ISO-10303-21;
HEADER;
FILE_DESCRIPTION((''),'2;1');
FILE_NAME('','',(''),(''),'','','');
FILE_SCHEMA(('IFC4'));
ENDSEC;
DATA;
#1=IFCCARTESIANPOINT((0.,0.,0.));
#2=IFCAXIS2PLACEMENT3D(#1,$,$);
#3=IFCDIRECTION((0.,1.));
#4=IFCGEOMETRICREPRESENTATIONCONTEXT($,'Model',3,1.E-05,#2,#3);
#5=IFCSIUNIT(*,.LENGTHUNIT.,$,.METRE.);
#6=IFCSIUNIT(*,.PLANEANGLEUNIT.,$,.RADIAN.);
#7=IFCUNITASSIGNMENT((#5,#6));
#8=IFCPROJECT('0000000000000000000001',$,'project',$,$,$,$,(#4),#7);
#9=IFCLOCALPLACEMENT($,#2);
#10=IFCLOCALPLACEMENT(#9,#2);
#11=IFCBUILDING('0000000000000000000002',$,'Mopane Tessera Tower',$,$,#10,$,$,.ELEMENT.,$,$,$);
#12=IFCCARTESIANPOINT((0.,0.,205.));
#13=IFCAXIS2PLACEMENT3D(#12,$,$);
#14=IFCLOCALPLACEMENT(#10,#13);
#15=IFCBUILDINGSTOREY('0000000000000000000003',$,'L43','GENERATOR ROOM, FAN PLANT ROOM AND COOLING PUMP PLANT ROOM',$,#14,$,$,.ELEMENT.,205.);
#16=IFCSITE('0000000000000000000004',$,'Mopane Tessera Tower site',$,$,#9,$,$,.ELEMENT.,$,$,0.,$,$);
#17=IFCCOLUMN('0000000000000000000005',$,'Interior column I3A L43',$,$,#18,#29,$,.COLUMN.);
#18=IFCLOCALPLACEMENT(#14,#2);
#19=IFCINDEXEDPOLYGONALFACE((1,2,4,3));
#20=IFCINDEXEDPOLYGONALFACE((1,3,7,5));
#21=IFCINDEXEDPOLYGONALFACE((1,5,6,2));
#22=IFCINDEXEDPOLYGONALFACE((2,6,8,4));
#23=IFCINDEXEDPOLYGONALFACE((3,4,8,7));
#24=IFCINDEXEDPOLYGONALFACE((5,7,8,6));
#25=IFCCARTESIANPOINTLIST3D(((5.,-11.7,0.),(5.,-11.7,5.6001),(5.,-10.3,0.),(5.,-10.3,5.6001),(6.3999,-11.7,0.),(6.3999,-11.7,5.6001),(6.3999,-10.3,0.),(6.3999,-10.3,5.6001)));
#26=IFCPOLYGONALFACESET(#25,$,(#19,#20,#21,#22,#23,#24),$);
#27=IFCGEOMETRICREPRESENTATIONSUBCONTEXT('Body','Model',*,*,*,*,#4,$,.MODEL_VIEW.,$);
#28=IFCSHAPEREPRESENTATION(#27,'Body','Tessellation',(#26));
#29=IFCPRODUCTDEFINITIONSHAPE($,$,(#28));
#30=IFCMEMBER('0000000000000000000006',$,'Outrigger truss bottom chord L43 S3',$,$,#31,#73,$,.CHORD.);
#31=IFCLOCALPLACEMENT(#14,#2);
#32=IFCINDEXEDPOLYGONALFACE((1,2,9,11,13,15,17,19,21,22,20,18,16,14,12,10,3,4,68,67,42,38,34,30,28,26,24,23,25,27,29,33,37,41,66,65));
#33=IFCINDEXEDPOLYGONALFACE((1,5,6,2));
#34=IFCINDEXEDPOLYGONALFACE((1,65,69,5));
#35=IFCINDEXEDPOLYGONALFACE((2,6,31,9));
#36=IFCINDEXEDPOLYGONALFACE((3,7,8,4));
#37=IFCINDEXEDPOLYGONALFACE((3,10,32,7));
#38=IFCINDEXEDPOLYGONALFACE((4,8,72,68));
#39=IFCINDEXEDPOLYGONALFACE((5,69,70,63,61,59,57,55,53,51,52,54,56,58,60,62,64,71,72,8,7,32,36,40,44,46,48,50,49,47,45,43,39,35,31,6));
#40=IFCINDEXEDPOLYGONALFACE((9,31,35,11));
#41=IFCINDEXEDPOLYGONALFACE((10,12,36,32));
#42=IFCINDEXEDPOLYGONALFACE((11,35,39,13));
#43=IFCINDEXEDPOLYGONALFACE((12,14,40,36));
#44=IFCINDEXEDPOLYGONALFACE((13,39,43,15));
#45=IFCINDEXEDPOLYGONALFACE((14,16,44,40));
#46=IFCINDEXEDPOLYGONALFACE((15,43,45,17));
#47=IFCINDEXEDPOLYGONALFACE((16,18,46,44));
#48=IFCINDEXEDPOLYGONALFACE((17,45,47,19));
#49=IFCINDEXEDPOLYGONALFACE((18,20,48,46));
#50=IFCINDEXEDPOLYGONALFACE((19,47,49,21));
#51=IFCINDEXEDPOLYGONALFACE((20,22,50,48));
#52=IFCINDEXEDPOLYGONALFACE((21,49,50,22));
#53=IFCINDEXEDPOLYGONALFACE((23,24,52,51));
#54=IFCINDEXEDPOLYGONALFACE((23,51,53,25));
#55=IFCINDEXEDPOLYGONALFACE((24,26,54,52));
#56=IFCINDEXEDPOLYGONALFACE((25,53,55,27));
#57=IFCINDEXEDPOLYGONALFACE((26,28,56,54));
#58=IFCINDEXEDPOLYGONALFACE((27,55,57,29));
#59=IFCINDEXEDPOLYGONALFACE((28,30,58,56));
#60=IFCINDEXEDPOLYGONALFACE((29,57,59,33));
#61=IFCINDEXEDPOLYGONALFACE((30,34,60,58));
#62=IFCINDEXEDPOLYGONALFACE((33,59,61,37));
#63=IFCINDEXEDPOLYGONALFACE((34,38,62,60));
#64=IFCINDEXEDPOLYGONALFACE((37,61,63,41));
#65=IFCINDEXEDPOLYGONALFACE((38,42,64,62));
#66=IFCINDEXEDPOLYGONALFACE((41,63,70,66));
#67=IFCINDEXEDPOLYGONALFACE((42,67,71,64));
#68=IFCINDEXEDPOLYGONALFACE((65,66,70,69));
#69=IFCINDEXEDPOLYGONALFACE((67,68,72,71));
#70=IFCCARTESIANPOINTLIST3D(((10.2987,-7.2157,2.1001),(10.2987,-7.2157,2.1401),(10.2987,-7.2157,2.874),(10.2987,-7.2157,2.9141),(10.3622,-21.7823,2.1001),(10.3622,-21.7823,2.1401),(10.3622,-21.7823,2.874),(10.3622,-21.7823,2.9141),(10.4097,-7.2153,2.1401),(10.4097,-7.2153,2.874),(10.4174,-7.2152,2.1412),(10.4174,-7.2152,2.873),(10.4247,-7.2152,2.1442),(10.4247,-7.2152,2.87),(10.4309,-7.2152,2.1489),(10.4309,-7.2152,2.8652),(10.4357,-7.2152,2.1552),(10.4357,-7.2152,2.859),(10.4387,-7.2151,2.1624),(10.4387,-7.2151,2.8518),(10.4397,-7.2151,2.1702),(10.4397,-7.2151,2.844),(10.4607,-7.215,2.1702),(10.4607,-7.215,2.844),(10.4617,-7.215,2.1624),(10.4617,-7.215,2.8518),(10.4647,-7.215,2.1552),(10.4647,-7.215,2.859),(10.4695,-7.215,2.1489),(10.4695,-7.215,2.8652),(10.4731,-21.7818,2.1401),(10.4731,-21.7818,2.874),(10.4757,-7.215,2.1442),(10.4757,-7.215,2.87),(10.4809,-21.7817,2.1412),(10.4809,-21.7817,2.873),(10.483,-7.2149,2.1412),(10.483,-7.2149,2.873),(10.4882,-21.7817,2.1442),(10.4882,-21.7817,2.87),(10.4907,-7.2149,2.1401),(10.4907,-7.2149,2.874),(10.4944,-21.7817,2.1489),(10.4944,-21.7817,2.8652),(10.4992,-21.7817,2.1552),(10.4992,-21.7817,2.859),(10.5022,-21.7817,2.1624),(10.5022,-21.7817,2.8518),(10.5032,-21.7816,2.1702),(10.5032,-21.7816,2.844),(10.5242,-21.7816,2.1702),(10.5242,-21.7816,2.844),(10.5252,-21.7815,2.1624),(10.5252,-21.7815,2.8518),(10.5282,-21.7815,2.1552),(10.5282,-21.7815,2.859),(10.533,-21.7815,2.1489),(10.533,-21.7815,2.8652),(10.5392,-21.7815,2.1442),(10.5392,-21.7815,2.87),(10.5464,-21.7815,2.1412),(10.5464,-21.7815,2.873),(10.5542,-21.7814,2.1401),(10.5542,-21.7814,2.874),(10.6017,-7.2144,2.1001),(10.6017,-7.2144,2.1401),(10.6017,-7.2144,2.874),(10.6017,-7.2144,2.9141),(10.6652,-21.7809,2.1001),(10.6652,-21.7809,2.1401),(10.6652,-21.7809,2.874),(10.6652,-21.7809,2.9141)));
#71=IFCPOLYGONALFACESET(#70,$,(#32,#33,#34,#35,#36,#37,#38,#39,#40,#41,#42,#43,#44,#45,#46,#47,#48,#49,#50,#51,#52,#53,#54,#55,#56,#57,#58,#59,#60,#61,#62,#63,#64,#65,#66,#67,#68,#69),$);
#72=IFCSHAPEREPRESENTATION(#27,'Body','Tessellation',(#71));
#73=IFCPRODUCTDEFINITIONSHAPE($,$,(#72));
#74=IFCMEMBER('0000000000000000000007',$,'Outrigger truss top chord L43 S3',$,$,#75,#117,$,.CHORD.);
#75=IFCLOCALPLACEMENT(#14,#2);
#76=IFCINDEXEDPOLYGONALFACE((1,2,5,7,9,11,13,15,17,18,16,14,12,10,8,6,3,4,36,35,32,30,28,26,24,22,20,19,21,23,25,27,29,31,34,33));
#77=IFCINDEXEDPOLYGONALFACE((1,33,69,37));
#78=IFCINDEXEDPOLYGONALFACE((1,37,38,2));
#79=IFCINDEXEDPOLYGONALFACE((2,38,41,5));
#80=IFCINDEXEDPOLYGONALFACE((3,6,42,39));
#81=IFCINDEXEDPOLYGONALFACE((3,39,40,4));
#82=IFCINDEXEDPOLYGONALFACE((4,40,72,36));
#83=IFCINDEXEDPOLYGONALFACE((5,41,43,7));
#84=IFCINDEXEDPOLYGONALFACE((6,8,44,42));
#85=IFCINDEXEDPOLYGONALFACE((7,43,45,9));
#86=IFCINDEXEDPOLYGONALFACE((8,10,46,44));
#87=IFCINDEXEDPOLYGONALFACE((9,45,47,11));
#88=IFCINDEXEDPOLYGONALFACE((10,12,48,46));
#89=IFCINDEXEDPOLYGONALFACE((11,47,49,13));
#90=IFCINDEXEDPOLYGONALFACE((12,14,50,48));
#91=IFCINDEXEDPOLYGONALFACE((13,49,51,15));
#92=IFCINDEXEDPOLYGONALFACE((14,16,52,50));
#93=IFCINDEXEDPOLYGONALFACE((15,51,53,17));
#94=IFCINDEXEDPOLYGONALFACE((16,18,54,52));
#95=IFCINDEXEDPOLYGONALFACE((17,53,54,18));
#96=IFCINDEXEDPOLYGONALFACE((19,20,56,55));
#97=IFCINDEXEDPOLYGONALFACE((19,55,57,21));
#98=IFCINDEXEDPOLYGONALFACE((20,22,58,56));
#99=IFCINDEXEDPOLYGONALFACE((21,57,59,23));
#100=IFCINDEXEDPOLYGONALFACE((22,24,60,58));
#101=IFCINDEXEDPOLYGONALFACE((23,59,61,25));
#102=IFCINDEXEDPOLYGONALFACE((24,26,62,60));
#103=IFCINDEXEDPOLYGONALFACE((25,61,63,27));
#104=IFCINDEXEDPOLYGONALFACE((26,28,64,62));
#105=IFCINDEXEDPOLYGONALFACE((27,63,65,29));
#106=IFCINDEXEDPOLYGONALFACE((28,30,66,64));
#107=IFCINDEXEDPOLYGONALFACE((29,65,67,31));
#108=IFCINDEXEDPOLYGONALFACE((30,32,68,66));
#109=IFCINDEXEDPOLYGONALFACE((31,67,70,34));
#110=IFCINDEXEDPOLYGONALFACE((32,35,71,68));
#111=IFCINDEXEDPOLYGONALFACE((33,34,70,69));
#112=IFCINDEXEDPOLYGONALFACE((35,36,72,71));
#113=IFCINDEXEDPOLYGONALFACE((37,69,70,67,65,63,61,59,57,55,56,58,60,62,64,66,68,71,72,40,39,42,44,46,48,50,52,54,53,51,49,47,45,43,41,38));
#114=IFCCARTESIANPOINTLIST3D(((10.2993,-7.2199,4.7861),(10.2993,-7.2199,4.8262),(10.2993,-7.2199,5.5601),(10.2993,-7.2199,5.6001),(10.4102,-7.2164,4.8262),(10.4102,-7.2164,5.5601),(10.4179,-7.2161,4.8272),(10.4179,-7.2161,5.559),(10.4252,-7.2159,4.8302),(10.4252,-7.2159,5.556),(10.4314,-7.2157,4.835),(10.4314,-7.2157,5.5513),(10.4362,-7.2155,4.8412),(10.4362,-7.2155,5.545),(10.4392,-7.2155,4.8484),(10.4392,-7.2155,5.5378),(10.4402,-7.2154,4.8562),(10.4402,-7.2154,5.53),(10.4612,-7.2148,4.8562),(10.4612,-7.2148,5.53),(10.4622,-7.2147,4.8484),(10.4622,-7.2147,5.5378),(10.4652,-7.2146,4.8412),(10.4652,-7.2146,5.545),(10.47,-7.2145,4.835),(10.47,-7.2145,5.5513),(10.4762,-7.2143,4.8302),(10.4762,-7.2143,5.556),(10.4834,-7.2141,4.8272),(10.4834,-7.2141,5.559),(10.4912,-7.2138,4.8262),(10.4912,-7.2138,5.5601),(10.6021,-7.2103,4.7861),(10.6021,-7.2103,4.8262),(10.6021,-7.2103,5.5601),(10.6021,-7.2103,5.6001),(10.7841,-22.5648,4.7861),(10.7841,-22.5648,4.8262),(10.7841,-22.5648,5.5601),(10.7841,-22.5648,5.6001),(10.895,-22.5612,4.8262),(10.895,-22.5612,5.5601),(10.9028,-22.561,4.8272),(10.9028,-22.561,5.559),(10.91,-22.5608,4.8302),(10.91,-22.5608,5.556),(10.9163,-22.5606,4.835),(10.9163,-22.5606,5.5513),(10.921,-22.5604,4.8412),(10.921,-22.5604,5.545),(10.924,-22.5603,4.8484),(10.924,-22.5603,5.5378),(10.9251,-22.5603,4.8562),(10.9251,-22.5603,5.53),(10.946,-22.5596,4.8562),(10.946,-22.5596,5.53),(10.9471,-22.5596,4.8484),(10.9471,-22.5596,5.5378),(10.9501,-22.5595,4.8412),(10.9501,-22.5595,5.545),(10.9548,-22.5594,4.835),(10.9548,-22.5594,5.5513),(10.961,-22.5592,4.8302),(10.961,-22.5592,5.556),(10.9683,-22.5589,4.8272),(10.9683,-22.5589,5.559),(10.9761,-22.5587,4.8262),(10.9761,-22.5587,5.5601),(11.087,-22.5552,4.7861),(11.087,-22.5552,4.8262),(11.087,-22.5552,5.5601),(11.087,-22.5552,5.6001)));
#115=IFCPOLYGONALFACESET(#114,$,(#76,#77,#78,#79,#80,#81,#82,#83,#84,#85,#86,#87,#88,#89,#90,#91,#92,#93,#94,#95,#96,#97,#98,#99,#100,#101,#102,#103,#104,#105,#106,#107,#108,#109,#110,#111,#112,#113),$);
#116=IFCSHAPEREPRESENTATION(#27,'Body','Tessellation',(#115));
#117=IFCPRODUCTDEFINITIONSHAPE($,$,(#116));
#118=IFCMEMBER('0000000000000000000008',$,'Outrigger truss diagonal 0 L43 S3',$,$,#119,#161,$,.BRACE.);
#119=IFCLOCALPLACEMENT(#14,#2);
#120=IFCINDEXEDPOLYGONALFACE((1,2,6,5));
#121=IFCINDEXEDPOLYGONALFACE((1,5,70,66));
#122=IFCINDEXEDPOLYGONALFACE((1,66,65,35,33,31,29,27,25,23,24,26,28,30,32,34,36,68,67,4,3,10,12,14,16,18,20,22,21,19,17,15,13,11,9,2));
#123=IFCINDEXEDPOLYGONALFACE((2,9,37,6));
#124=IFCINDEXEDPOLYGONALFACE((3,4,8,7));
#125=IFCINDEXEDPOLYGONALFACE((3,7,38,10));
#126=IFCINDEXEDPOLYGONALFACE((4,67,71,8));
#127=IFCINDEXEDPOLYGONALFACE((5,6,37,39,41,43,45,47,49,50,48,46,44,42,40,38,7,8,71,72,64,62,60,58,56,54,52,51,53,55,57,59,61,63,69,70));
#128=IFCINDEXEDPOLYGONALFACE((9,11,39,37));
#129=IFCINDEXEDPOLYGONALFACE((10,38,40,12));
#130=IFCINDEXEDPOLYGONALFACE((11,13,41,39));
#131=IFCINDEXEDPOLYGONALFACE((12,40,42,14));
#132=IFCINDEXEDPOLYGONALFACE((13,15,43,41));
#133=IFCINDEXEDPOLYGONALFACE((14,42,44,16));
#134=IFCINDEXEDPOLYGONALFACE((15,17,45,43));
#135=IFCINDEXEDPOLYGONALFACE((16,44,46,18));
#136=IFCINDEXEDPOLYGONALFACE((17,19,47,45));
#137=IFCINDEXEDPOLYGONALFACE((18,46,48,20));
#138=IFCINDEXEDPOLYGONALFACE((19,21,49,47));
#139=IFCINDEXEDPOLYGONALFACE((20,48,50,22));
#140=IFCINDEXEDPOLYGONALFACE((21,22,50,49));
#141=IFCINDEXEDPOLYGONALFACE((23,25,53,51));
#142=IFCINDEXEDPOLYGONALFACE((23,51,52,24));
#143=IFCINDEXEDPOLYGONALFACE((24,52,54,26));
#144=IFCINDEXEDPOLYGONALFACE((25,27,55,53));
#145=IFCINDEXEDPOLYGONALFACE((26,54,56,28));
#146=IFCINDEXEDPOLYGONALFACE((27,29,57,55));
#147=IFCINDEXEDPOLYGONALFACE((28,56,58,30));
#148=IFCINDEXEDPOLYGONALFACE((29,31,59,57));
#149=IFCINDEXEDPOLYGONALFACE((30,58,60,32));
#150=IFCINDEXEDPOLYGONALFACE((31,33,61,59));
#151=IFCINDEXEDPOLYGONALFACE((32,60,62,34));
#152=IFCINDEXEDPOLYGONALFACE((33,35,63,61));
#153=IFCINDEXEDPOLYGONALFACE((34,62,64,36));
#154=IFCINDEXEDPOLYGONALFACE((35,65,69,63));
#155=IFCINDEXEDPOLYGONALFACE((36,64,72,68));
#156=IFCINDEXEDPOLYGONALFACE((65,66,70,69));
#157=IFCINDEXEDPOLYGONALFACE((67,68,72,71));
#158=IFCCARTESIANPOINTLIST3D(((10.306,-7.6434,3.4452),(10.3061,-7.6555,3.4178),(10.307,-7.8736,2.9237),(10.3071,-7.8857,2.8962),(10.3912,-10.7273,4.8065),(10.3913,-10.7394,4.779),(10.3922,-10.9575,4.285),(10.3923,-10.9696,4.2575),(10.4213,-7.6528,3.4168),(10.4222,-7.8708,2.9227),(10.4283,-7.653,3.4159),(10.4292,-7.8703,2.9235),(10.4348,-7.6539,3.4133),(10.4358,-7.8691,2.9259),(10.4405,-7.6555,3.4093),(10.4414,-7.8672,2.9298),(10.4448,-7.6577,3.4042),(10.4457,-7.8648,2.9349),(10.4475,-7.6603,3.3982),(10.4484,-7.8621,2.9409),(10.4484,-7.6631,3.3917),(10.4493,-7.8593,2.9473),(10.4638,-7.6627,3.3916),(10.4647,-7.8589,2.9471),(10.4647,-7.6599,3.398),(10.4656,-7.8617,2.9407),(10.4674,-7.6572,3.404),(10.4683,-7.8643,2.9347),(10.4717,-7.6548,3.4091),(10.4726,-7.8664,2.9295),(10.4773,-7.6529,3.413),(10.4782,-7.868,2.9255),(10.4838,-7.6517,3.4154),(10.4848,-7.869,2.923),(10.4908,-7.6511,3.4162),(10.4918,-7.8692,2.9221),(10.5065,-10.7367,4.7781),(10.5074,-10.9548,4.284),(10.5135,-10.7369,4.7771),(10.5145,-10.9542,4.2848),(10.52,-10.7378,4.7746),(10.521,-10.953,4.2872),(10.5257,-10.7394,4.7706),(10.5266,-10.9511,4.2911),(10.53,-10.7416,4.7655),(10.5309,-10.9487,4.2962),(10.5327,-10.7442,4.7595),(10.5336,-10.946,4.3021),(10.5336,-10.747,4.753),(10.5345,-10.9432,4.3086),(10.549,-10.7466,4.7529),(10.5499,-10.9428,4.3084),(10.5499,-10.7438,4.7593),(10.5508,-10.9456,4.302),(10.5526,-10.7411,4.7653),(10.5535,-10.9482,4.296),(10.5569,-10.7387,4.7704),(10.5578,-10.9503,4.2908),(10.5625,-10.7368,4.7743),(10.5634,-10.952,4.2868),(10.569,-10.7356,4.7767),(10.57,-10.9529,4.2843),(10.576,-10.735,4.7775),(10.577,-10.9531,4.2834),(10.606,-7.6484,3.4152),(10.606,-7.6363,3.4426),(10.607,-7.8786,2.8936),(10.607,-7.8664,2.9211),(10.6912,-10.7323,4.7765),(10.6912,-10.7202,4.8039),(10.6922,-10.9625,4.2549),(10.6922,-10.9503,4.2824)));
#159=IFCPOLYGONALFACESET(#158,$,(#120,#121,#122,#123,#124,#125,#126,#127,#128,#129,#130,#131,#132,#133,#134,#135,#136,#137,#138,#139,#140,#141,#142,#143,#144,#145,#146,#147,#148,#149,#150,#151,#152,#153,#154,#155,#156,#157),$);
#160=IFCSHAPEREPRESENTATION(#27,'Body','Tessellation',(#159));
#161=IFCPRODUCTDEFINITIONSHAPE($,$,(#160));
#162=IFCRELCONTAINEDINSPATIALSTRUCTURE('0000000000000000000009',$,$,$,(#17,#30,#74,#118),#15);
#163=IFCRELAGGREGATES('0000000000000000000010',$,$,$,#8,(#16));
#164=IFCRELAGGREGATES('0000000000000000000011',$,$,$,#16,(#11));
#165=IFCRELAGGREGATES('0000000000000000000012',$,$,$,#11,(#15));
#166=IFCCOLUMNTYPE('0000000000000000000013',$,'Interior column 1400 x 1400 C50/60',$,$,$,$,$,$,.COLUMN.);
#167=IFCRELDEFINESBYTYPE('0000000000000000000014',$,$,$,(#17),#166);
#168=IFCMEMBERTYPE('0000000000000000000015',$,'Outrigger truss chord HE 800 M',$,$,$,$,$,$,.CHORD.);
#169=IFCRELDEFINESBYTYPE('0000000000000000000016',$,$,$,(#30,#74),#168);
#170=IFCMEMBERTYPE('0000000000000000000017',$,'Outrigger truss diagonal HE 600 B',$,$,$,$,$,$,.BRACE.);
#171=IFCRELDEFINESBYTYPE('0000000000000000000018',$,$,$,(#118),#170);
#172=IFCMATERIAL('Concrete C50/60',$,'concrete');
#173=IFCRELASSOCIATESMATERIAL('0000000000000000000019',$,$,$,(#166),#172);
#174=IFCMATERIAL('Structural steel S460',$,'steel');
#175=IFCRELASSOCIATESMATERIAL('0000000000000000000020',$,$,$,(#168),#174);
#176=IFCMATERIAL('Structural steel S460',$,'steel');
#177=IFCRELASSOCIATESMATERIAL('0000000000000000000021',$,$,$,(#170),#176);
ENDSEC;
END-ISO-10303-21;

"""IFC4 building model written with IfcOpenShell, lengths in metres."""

from ifc_helpers import new_model, si_unit, direction, frame, origin, origin_2d, place, context, subcontext, project, spatial, rectangle, i_section, extrude, material, material_profile, profile_set, type_object, element, save


model = new_model("IFC4")

# Units and contexts
model_context = context("Model", 3, precision=1e-05, world=origin(), true_north=direction((0.0, 1.0)))
body_context = subcontext(model_context, "Body", "Model", "MODEL_VIEW")
ifc_project = project(units=[si_unit("LENGTHUNIT", "METRE"), si_unit("PLANEANGLEUNIT", "RADIAN")], contexts=[model_context])

# Site, building, storey
site_placement = place(None, origin())
site = spatial("IfcSite", under=ifc_project, at=site_placement, Name="Mopane Tessera Tower site", CompositionType="ELEMENT", RefElevation=0.0)
building_placement = place(site_placement, origin())
building = spatial("IfcBuilding", under=site, at=building_placement, Name="Mopane Tessera Tower", CompositionType="ELEMENT")
storey_placement = place(building_placement, frame((0.0, 0.0, 205.0)))
storey = spatial("IfcBuildingStorey", under=building, at=storey_placement, Name="L43", Description="GENERATOR ROOM, FAN PLANT ROOM AND COOLING PUMP PLANT ROOM", CompositionType="ELEMENT", Elevation=205.0)

# Column
ifc_material_1 = material(Name="Concrete C50/60", Category="concrete")
ifc_material_profile_1 = material_profile(ifc_material_1, rectangle(XDim=1.3999, YDim=1.3999, at=origin_2d()))
ifc_profile_set_1 = profile_set([ifc_material_profile_1], Name="Concrete C50/60")
column_type = type_object("IfcColumnType", Name="Interior column 1400 x 1400 C50/60", PredefinedType="COLUMN", material=ifc_profile_set_1)
column_placement = place(storey_placement, frame((5.7, -11.0, 0.0), z_axis=(0.0, 0.0, 1.0), x_axis=(1.0, 0.0, 0.0)))
element("IfcColumn", 1, at=column_placement, inside=storey, type_object=column_type, Name="Interior column I3A L43", PredefinedType="COLUMN", context=body_context, shape_type="SweptSolid", body=[
    extrude(rectangle(XDim=1.3999, YDim=1.3999, at=origin_2d()), origin(), (0.0, 0.0, 1.0), 5.6001),
])

# Members
ifc_material_2 = material(Name="Structural steel S460", Category="steel")
ifc_material_profile_2 = material_profile(ifc_material_2, i_section(OverallWidth=0.303, OverallDepth=0.814, WebThickness=0.021, FlangeThickness=0.04, FilletRadius=0.03, at=origin_2d()))
ifc_profile_set_2 = profile_set([ifc_material_profile_2], Name="Structural steel S460")
member_type_1 = type_object("IfcMemberType", Name="Outrigger truss chord HE 800 M", PredefinedType="CHORD", material=ifc_profile_set_2)
member_1_placement = place(storey_placement, frame((10.4502, -7.2151, 2.5071), z_axis=(0.004358, -0.999991, 0.0), x_axis=(0.999991, 0.004358, 0.0)))
element("IfcMember", 2, at=member_1_placement, inside=storey, type_object=member_type_1, Name="Outrigger truss bottom chord L43 S3", PredefinedType="CHORD", context=body_context, shape_type="SweptSolid", body=[
    extrude(i_section(OverallWidth=0.303, OverallDepth=0.814, WebThickness=0.021, FlangeThickness=0.04, FilletRadius=0.03, at=origin_2d()), origin(), (0.0, 0.0, 1.0), 14.5667),
])
member_2_placement = place(storey_placement, frame((10.4507, -7.2151, 5.1931), z_axis=(0.031582, -0.999501, 0.0), x_axis=(0.999501, 0.031582, 0.0)))
element("IfcMember", 3, at=member_2_placement, inside=storey, type_object=member_type_1, Name="Outrigger truss top chord L43 S3", PredefinedType="CHORD", context=body_context, shape_type="SweptSolid", body=[
    extrude(i_section(OverallWidth=0.303, OverallDepth=0.814, WebThickness=0.021, FlangeThickness=0.04, FilletRadius=0.03, at=origin_2d()), origin(), (0.0, 0.0, 1.0), 15.3525),
])
ifc_material_3 = material(Name="Structural steel S460", Category="steel")
ifc_material_profile_3 = material_profile(ifc_material_3, i_section(OverallWidth=0.3, OverallDepth=0.6001, WebThickness=0.0154, FlangeThickness=0.03, FilletRadius=0.0271, at=origin_2d()))
ifc_profile_set_3 = profile_set([ifc_material_profile_3], Name="Structural steel S460")
member_type_2 = type_object("IfcMemberType", Name="Outrigger truss diagonal HE 600 B", PredefinedType="BRACE", material=ifc_profile_set_3)
member_3_placement = place(storey_placement, frame((10.4565, -7.761, 3.1694), z_axis=(0.025267, -0.914544, 0.403697), x_axis=(0.999679, 0.023826, -0.008594)))
element("IfcMember", 4, at=member_3_placement, inside=storey, type_object=member_type_2, Name="Outrigger truss diagonal 0 L43 S3", PredefinedType="BRACE", context=body_context, shape_type="SweptSolid", body=[
    extrude(i_section(OverallWidth=0.3, OverallDepth=0.6001, WebThickness=0.0154, FlangeThickness=0.03, FilletRadius=0.0271, at=origin_2d()), origin(), (0.0, 0.0, 1.0), 3.3721),
])

save(model, "model.ifc")
